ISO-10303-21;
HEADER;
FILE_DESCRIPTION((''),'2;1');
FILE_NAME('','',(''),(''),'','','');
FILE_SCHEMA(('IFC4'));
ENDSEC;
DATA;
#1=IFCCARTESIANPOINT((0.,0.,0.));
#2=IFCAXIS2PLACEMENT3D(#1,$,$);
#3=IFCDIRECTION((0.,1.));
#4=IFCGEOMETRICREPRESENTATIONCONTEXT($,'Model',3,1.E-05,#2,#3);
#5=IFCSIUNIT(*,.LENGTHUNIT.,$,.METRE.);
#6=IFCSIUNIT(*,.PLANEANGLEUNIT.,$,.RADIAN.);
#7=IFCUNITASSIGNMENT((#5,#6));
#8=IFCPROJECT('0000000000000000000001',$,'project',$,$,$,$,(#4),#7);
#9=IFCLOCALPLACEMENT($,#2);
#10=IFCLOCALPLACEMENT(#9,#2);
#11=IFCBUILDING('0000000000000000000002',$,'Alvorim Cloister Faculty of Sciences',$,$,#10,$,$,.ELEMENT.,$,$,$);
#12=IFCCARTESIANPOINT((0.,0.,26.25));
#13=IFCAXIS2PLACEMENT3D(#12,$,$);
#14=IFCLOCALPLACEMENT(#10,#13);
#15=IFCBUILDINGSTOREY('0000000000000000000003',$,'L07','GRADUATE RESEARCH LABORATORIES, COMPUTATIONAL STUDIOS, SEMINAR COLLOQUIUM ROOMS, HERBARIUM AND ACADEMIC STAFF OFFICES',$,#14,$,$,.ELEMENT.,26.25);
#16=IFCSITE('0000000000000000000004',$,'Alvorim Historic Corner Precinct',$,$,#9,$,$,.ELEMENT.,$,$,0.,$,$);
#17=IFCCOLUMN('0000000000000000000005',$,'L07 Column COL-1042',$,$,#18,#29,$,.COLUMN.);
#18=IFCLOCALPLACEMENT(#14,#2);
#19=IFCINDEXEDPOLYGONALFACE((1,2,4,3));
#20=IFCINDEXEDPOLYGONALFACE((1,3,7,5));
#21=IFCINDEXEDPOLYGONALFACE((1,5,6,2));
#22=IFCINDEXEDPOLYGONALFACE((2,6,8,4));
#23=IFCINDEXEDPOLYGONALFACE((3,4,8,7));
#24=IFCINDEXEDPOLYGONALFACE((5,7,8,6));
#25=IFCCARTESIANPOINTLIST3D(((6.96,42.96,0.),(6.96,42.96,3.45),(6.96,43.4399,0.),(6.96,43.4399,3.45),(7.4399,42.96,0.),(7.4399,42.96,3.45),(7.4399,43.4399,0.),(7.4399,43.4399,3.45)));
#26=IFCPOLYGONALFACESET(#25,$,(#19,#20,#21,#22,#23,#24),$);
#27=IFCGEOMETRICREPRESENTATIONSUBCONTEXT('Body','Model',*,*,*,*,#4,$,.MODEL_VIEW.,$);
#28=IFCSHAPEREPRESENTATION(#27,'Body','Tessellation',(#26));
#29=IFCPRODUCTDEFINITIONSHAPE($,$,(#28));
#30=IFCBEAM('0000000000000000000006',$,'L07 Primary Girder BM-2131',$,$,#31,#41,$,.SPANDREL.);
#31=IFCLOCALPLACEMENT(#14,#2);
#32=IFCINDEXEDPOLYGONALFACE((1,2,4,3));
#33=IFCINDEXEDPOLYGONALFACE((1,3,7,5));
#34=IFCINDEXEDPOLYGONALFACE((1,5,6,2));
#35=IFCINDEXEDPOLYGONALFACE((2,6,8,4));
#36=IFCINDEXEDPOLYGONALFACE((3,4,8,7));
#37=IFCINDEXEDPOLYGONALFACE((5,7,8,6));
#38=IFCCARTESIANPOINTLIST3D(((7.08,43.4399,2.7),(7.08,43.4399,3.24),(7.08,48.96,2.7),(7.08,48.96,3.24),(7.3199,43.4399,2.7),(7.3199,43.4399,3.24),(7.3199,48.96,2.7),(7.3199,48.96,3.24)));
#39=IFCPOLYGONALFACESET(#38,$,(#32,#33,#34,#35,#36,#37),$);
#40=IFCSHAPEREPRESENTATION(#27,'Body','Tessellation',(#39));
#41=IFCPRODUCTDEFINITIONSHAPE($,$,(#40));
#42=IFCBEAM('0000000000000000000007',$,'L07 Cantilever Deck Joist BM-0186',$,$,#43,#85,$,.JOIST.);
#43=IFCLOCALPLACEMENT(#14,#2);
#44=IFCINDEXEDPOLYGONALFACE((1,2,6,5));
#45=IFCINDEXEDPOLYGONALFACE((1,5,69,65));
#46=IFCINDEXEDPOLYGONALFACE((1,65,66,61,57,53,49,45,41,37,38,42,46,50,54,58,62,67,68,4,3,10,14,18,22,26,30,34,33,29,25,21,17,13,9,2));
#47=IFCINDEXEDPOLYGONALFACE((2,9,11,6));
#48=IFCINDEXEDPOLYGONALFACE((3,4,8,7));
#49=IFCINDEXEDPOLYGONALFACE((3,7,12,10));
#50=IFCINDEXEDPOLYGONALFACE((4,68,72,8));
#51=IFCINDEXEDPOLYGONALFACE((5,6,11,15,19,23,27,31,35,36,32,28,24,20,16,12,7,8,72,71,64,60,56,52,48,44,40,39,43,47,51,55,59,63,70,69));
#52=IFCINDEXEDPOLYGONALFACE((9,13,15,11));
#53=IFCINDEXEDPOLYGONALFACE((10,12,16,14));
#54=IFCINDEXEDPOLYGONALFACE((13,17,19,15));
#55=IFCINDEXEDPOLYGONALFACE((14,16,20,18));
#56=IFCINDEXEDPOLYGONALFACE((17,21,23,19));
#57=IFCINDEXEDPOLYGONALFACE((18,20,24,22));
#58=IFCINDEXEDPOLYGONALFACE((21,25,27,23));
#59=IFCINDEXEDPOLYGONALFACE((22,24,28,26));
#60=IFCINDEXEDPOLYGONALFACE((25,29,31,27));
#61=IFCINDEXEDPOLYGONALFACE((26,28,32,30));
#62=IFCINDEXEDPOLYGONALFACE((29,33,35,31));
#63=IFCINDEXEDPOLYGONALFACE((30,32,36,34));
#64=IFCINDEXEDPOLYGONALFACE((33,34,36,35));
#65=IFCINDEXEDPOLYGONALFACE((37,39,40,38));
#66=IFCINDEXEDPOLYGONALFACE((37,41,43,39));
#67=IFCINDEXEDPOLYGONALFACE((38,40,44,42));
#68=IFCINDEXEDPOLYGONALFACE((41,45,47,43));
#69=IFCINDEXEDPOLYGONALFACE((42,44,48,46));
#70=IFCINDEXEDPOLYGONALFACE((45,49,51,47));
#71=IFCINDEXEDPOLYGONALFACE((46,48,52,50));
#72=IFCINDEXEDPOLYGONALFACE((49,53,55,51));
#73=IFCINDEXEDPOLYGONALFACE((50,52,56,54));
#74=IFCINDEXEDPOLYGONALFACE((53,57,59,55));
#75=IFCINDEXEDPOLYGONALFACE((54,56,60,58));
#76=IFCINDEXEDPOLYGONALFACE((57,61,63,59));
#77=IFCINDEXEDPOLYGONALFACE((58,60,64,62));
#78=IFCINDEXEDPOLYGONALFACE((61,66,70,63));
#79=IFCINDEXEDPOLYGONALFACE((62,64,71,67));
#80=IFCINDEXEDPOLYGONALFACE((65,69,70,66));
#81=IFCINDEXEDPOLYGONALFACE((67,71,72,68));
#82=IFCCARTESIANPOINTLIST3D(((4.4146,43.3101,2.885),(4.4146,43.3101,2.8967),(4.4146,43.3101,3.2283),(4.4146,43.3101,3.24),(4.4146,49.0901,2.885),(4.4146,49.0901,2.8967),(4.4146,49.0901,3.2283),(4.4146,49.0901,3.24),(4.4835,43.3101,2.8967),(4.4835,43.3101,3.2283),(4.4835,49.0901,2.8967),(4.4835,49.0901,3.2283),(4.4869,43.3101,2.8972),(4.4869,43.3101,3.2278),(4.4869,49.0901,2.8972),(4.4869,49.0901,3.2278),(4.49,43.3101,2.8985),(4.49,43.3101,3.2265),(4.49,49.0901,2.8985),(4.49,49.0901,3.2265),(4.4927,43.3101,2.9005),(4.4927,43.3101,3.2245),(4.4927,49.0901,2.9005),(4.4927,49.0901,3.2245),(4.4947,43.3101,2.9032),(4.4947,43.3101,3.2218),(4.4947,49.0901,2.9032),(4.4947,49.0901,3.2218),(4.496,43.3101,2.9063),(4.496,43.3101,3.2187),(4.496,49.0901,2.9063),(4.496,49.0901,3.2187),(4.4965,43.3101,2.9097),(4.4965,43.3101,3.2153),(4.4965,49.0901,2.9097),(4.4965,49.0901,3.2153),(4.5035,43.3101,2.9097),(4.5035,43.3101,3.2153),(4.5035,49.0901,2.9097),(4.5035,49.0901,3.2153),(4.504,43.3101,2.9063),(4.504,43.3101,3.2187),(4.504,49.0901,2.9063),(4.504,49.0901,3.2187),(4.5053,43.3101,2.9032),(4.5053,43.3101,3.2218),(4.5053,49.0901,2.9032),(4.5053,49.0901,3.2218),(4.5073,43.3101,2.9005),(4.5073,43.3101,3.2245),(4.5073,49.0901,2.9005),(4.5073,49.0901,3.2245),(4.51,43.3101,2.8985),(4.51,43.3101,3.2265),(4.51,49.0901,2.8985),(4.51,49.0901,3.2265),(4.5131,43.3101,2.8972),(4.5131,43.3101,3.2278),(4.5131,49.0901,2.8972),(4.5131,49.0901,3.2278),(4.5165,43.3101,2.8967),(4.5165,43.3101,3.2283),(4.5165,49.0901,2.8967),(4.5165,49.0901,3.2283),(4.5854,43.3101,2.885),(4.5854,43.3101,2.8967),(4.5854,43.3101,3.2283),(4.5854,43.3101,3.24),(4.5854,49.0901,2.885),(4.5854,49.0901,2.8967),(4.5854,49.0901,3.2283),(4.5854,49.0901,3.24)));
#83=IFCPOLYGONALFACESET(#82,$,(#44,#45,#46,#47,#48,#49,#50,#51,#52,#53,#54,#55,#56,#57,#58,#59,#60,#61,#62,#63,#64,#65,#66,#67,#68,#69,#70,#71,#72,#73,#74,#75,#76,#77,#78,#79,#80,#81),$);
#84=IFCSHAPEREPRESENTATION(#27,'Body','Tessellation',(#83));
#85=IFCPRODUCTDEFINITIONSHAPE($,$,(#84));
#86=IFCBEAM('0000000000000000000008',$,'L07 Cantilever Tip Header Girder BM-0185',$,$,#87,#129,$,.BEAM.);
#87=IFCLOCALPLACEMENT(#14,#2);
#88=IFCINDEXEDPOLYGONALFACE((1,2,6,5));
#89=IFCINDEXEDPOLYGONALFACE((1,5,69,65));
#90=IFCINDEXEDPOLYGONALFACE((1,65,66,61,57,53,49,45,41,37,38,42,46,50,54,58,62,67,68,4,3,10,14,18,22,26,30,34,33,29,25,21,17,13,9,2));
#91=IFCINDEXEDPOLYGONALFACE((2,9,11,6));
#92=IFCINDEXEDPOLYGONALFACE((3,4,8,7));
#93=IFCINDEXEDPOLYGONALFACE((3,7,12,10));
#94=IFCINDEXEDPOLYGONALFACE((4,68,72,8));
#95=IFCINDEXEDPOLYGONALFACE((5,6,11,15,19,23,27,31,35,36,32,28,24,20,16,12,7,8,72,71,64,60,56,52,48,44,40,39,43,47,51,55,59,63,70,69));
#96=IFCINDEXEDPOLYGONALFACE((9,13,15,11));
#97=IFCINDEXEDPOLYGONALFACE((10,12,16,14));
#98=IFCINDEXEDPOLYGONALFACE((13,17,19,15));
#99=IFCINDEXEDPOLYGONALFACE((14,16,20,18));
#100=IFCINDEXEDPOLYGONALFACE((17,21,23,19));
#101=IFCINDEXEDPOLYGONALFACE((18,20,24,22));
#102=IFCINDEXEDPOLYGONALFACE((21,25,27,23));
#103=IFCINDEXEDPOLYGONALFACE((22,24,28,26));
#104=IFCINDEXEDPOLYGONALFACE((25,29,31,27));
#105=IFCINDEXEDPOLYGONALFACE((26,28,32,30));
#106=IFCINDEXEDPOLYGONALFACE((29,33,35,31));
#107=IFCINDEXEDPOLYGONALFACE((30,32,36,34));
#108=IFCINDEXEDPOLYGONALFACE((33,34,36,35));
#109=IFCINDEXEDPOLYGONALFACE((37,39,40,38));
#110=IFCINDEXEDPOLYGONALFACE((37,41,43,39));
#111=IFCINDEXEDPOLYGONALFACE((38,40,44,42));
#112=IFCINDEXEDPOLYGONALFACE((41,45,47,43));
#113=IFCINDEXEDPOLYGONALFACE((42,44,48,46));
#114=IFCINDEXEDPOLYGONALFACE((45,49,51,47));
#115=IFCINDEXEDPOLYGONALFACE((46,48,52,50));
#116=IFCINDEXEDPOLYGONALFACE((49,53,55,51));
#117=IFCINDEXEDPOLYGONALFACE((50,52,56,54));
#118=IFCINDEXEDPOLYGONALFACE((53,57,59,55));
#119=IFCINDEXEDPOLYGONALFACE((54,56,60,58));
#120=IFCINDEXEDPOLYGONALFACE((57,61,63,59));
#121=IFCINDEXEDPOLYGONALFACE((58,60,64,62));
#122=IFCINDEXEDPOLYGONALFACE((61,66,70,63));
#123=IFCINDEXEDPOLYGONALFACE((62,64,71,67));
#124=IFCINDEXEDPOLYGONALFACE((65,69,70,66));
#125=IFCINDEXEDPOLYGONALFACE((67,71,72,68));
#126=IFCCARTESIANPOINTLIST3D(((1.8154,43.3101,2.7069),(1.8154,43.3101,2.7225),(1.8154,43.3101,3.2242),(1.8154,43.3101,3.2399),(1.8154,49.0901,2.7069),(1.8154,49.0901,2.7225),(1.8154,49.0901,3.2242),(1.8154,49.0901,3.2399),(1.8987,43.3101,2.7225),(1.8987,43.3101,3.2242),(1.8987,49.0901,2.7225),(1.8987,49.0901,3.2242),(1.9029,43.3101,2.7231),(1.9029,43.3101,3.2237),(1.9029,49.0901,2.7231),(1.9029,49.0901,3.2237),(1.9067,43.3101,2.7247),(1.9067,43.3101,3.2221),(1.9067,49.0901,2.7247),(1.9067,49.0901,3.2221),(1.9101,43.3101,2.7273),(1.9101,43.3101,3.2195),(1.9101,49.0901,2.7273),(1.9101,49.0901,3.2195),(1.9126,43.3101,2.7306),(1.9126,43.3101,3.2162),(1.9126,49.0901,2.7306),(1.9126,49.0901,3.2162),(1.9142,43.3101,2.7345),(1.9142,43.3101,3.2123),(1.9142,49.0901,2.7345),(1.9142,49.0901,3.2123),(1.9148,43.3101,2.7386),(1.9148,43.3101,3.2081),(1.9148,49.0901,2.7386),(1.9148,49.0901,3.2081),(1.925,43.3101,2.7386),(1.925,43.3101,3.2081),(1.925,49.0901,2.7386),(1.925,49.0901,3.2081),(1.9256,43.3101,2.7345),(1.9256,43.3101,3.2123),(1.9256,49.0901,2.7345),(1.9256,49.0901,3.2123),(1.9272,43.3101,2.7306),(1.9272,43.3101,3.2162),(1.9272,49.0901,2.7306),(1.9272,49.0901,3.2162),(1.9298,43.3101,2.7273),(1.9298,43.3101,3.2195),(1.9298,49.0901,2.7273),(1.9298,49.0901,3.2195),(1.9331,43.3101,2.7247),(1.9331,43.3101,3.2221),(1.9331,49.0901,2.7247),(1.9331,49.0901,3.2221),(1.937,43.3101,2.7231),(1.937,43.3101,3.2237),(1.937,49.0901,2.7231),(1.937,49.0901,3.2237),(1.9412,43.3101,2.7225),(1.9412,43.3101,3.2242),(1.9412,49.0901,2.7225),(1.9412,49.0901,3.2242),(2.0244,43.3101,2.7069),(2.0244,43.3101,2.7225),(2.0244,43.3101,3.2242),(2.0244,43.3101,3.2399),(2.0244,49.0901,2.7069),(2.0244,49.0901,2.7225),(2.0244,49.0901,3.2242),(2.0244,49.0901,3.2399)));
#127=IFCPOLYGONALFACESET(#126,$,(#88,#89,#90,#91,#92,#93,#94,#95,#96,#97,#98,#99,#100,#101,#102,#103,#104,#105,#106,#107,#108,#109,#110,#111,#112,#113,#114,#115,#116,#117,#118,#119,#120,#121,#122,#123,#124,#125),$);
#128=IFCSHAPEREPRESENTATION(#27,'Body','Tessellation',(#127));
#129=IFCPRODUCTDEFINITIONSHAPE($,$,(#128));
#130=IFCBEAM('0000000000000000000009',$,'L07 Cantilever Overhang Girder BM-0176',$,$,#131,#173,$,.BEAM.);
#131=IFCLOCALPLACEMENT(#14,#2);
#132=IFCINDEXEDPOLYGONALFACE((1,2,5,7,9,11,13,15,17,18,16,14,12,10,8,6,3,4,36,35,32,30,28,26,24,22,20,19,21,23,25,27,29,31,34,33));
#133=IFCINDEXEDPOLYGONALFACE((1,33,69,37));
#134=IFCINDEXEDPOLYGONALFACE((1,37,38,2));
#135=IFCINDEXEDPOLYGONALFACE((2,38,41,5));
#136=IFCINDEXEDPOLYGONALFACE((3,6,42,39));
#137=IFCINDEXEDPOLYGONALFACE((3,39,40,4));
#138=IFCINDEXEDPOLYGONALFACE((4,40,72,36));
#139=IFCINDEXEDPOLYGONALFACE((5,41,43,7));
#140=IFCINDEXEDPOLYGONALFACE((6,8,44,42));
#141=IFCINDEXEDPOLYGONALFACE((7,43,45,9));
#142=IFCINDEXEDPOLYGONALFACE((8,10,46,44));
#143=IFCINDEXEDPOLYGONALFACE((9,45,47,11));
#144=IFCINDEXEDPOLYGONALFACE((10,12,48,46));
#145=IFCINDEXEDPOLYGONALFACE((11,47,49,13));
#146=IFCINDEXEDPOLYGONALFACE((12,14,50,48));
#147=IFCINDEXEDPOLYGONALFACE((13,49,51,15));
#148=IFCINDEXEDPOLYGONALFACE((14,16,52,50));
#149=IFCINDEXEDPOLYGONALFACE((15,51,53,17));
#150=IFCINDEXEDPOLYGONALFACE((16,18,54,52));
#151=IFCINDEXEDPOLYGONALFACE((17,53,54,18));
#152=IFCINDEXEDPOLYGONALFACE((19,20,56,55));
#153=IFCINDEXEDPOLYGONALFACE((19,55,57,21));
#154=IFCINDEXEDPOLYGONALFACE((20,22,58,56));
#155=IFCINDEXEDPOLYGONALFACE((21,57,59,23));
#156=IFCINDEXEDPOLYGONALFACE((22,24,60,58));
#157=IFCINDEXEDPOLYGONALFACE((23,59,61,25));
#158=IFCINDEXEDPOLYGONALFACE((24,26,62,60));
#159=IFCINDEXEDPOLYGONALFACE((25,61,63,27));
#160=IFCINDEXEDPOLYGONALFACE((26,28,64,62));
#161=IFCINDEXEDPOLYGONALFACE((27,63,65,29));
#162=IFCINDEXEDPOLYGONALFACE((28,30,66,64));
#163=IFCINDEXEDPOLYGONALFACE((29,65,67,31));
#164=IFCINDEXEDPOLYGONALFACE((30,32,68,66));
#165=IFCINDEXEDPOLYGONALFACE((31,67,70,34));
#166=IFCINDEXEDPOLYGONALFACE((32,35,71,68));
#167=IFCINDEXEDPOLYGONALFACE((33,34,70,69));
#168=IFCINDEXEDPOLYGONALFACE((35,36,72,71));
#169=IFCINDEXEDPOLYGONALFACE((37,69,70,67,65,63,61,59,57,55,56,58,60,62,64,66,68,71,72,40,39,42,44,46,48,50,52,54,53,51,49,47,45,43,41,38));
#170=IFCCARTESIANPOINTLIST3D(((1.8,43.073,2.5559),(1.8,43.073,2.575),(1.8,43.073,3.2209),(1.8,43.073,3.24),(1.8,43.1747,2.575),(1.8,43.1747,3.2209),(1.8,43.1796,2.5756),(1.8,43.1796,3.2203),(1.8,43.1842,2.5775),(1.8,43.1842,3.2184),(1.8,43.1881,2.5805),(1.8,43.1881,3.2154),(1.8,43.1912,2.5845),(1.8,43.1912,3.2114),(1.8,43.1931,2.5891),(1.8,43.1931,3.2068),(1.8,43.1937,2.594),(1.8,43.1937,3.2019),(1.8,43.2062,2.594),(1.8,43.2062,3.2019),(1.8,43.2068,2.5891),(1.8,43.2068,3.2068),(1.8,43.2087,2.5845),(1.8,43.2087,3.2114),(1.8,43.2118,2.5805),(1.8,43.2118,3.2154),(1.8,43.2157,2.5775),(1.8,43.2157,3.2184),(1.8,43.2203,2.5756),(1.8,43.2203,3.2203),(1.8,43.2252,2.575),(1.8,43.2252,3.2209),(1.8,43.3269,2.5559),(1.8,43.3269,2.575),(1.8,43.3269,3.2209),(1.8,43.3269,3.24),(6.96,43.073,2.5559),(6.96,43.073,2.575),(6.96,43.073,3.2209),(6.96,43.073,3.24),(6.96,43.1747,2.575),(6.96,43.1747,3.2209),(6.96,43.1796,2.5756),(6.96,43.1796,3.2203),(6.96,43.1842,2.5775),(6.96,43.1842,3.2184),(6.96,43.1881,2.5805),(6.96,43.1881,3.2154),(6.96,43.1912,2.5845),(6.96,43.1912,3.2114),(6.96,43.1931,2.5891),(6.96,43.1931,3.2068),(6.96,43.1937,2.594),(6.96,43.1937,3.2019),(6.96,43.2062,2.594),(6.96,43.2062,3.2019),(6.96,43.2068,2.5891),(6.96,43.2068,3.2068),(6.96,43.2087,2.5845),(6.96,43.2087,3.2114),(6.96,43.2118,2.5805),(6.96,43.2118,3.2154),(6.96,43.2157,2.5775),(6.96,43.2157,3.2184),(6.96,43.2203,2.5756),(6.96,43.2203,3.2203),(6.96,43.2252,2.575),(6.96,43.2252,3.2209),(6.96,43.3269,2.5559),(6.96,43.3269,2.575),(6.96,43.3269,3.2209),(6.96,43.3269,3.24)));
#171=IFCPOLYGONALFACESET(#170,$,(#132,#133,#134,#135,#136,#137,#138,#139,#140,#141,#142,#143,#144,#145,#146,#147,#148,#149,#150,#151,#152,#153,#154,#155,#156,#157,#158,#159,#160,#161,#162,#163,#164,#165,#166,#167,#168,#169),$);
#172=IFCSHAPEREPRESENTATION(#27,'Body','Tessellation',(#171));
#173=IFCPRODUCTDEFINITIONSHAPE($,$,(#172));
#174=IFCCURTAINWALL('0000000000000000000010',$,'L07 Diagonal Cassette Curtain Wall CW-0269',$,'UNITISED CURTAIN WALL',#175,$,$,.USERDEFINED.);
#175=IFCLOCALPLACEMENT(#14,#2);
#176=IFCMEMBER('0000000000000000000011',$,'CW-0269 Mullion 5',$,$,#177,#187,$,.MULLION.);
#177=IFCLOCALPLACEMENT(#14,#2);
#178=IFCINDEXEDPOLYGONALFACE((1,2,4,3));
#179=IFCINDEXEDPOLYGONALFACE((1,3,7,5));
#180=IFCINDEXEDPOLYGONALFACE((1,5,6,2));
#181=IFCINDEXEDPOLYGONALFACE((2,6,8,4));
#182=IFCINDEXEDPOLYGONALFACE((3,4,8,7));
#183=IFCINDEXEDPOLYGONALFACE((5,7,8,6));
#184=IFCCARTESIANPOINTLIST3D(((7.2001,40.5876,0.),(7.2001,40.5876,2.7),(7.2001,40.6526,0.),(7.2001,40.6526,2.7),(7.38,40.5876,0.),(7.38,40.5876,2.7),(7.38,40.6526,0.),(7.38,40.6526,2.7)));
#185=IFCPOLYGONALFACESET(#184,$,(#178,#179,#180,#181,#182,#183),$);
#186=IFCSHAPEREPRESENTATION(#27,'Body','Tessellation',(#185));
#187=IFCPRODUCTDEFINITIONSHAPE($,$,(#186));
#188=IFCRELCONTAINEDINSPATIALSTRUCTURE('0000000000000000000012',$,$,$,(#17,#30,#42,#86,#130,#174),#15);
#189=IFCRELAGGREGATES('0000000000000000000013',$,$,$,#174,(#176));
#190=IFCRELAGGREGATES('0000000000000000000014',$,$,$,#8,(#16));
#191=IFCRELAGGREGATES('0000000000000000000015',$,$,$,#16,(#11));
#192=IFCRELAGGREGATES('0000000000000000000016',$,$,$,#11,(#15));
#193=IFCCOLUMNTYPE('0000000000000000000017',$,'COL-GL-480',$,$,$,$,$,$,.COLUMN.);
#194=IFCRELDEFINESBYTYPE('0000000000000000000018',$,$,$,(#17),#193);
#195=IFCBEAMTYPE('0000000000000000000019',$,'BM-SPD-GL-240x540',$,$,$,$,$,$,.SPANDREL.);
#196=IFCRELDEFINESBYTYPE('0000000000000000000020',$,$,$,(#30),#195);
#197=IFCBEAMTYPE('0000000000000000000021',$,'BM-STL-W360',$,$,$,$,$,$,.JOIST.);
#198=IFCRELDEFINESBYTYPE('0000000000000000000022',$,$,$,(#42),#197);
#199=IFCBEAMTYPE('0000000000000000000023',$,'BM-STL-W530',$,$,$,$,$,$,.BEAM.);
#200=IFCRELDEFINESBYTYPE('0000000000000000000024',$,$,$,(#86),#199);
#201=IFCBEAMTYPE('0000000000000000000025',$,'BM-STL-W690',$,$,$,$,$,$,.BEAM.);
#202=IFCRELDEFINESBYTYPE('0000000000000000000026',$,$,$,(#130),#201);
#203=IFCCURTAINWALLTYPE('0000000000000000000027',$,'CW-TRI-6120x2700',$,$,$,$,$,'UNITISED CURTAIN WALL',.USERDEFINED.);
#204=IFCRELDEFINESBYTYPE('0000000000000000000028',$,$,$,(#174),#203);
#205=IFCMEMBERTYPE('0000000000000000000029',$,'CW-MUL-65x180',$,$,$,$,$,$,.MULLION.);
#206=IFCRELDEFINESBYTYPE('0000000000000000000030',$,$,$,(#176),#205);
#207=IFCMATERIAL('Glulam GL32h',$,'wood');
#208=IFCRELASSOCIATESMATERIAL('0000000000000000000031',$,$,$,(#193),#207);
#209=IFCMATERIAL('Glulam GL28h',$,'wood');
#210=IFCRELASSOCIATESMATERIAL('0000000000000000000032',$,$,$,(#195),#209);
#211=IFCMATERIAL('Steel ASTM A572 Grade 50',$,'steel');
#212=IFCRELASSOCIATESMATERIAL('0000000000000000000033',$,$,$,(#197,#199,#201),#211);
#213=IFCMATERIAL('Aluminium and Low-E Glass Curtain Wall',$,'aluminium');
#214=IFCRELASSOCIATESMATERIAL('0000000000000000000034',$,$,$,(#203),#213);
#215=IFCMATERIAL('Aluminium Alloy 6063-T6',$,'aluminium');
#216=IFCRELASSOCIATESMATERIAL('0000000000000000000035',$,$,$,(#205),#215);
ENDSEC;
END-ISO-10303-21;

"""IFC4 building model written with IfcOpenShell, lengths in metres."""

from ifc_helpers import new_model, si_unit, direction, frame, origin, origin_2d, place, context, subcontext, project, spatial, rectangle, i_section, extrude, material, material_profile, profile_set, type_object, element, aggregate, save


model = new_model("IFC4")

# Units and contexts
model_context = context("Model", 3, precision=1e-05, world=origin(), true_north=direction((0.0, 1.0)))
body_context = subcontext(model_context, "Body", "Model", "MODEL_VIEW")
ifc_project = project(units=[si_unit("LENGTHUNIT", "METRE"), si_unit("PLANEANGLEUNIT", "RADIAN")], contexts=[model_context])

# Site, building, storey
site_placement = place(None, origin())
site = spatial("IfcSite", under=ifc_project, at=site_placement, Name="Alvorim Historic Corner Precinct", CompositionType="ELEMENT", RefElevation=0.0)
building_placement = place(site_placement, origin())
building = spatial("IfcBuilding", under=site, at=building_placement, Name="Alvorim Cloister Faculty of Sciences", CompositionType="ELEMENT")
storey_placement = place(building_placement, frame((0.0, 0.0, 26.25)))
storey = spatial("IfcBuildingStorey", under=building, at=storey_placement, Name="L07", Description="GRADUATE RESEARCH LABORATORIES, COMPUTATIONAL STUDIOS, SEMINAR COLLOQUIUM ROOMS, HERBARIUM AND ACADEMIC STAFF OFFICES", CompositionType="ELEMENT", Elevation=26.25)

# Column
ifc_material_1 = material(Name="Glulam GL32h", Category="wood")
ifc_material_profile_1 = material_profile(ifc_material_1, rectangle(XDim=0.48, YDim=0.48, at=origin_2d()), Name="GL32-COL-480x480")
ifc_profile_set_1 = profile_set([ifc_material_profile_1], Name="Glulam GL32h")
column_type = type_object("IfcColumnType", Name="COL-GL-480", PredefinedType="COLUMN", material=ifc_profile_set_1)
column_placement = place(storey_placement, frame((7.2, 43.2, 0.0), z_axis=(0.0, 0.0, 1.0), x_axis=(1.0, 0.0, 0.0)))
element("IfcColumn", 1, at=column_placement, inside=storey, type_object=column_type, Name="L07 Column COL-1042", PredefinedType="COLUMN", context=body_context, shape_type="SweptSolid", body=[
    extrude(rectangle(XDim=0.48, YDim=0.48, at=origin_2d()), origin(), (0.0, 0.0, 1.0), 3.45),
])

# Beams
ifc_material_2 = material(Name="Glulam GL28h", Category="wood")
ifc_material_profile_2 = material_profile(ifc_material_2, rectangle(XDim=0.24, YDim=0.54, at=origin_2d()), Name="GL28-SPD-240x540")
ifc_profile_set_2 = profile_set([ifc_material_profile_2], Name="Glulam GL28h")
beam_type_1 = type_object("IfcBeamType", Name="BM-SPD-GL-240x540", PredefinedType="SPANDREL", material=ifc_profile_set_2)
beam_1_placement = place(storey_placement, frame((7.2, 43.4399, 2.97), z_axis=(0.0, 1.0, 0.0), x_axis=(-1.0, 0.0, 0.0)))
element("IfcBeam", 2, at=beam_1_placement, inside=storey, type_object=beam_type_1, Name="L07 Primary Girder BM-2131", PredefinedType="SPANDREL", context=body_context, shape_type="SweptSolid", body=[
    extrude(rectangle(XDim=0.24, YDim=0.54, at=origin_2d()), origin(), (0.0, 0.0, 1.0), 5.52),
])
ifc_material_3 = material(Name="Steel ASTM A572 Grade 50", Category="steel")
ifc_material_profile_3 = material_profile(ifc_material_3, i_section(OverallWidth=0.1709, OverallDepth=0.355, WebThickness=0.0071, FlangeThickness=0.0117, FilletRadius=0.0129, at=origin_2d()), Name="W360x51.0")
ifc_profile_set_3 = profile_set([ifc_material_profile_3], Name="Steel ASTM A572 Grade 50")
beam_type_2 = type_object("IfcBeamType", Name="BM-STL-W360", PredefinedType="JOIST", material=ifc_profile_set_3)
beam_2_placement = place(storey_placement, frame((4.5, 43.3101, 3.0625), z_axis=(0.0, 1.0, 0.0), x_axis=(-1.0, 0.0, 0.0)))
element("IfcBeam", 3, at=beam_2_placement, inside=storey, type_object=beam_type_2, Name="L07 Cantilever Deck Joist BM-0186", PredefinedType="JOIST", context=body_context, shape_type="SweptSolid", body=[
    extrude(i_section(OverallWidth=0.1709, OverallDepth=0.355, WebThickness=0.0071, FlangeThickness=0.0117, FilletRadius=0.0129, at=origin_2d()), origin(), (0.0, 0.0, 1.0), 5.78),
])
ifc_material_profile_4 = material_profile(ifc_material_3, i_section(OverallWidth=0.209, OverallDepth=0.533, WebThickness=0.0103, FlangeThickness=0.0156, FilletRadius=0.0161, at=origin_2d()), Name="W530x92.0")
ifc_profile_set_4 = profile_set([ifc_material_profile_4], Name="Steel ASTM A572 Grade 50")
beam_type_3 = type_object("IfcBeamType", Name="BM-STL-W530", PredefinedType="BEAM", material=ifc_profile_set_4)
beam_3_placement = place(storey_placement, frame((1.9199, 43.3101, 2.9734), z_axis=(0.0, 1.0, 0.0), x_axis=(-1.0, 0.0, 0.0)))
element("IfcBeam", 4, at=beam_3_placement, inside=storey, type_object=beam_type_3, Name="L07 Cantilever Tip Header Girder BM-0185", PredefinedType="BEAM", context=body_context, shape_type="SweptSolid", body=[
    extrude(i_section(OverallWidth=0.209, OverallDepth=0.533, WebThickness=0.0103, FlangeThickness=0.0156, FilletRadius=0.0161, at=origin_2d()), origin(), (0.0, 0.0, 1.0), 5.78),
])
ifc_material_profile_5 = material_profile(ifc_material_3, i_section(OverallWidth=0.2539, OverallDepth=0.6841, WebThickness=0.0125, FlangeThickness=0.019, FilletRadius=0.019, at=origin_2d()), Name="W690x140.0")
ifc_profile_set_5 = profile_set([ifc_material_profile_5], Name="Steel ASTM A572 Grade 50")
beam_type_4 = type_object("IfcBeamType", Name="BM-STL-W690", PredefinedType="BEAM", material=ifc_profile_set_5)
beam_4_placement = place(storey_placement, frame((1.8, 43.2, 2.8979), z_axis=(1.0, 0.0, 0.0), x_axis=(0.0, 1.0, 0.0)))
element("IfcBeam", 5, at=beam_4_placement, inside=storey, type_object=beam_type_4, Name="L07 Cantilever Overhang Girder BM-0176", PredefinedType="BEAM", context=body_context, shape_type="SweptSolid", body=[
    extrude(i_section(OverallWidth=0.2539, OverallDepth=0.6841, WebThickness=0.0125, FlangeThickness=0.019, FilletRadius=0.019, at=origin_2d()), origin(), (0.0, 0.0, 1.0), 5.1599),
])

# Curtain wall, member
ifc_material_4 = material(Name="Aluminium and Low-E Glass Curtain Wall", Category="aluminium")
curtain_wall_type_1 = type_object("IfcCurtainWallType", Name="CW-TRI-6120x2700", ElementType="UNITISED CURTAIN WALL", PredefinedType="USERDEFINED", material=ifc_material_4)
curtain_wall_1_placement = place(storey_placement, origin())
curtain_wall_1 = element("IfcCurtainWall", 6, at=curtain_wall_1_placement, inside=storey, type_object=curtain_wall_type_1, Name="L07 Diagonal Cassette Curtain Wall CW-0269", ObjectType="UNITISED CURTAIN WALL", PredefinedType="USERDEFINED")
ifc_material_5 = material(Name="Aluminium Alloy 6063-T6", Category="aluminium")
ifc_material_profile_6 = material_profile(ifc_material_5, rectangle(XDim=0.0649, YDim=0.1799, at=origin_2d()), Name="ALU-MUL-65x180")
ifc_profile_set_6 = profile_set([ifc_material_profile_6], Name="Aluminium Alloy 6063-T6")
member_type_1 = type_object("IfcMemberType", Name="CW-MUL-65x180", PredefinedType="MULLION", material=ifc_profile_set_6)
member_1_placement = place(storey_placement, frame((7.29, 40.6201, 0.0), z_axis=(0.0, 0.0, 1.0), x_axis=(0.0, 1.0, 0.0)))
member_1 = element("IfcMember", 7, at=member_1_placement, type_object=member_type_1, Name="CW-0269 Mullion 5", PredefinedType="MULLION", context=body_context, shape_type="SweptSolid", body=[
    extrude(rectangle(XDim=0.0649, YDim=0.1799, at=origin_2d()), origin(), (0.0, 0.0, 1.0), 2.7),
])

aggregate(curtain_wall_1, [member_1])

save(model, "model.ifc")
